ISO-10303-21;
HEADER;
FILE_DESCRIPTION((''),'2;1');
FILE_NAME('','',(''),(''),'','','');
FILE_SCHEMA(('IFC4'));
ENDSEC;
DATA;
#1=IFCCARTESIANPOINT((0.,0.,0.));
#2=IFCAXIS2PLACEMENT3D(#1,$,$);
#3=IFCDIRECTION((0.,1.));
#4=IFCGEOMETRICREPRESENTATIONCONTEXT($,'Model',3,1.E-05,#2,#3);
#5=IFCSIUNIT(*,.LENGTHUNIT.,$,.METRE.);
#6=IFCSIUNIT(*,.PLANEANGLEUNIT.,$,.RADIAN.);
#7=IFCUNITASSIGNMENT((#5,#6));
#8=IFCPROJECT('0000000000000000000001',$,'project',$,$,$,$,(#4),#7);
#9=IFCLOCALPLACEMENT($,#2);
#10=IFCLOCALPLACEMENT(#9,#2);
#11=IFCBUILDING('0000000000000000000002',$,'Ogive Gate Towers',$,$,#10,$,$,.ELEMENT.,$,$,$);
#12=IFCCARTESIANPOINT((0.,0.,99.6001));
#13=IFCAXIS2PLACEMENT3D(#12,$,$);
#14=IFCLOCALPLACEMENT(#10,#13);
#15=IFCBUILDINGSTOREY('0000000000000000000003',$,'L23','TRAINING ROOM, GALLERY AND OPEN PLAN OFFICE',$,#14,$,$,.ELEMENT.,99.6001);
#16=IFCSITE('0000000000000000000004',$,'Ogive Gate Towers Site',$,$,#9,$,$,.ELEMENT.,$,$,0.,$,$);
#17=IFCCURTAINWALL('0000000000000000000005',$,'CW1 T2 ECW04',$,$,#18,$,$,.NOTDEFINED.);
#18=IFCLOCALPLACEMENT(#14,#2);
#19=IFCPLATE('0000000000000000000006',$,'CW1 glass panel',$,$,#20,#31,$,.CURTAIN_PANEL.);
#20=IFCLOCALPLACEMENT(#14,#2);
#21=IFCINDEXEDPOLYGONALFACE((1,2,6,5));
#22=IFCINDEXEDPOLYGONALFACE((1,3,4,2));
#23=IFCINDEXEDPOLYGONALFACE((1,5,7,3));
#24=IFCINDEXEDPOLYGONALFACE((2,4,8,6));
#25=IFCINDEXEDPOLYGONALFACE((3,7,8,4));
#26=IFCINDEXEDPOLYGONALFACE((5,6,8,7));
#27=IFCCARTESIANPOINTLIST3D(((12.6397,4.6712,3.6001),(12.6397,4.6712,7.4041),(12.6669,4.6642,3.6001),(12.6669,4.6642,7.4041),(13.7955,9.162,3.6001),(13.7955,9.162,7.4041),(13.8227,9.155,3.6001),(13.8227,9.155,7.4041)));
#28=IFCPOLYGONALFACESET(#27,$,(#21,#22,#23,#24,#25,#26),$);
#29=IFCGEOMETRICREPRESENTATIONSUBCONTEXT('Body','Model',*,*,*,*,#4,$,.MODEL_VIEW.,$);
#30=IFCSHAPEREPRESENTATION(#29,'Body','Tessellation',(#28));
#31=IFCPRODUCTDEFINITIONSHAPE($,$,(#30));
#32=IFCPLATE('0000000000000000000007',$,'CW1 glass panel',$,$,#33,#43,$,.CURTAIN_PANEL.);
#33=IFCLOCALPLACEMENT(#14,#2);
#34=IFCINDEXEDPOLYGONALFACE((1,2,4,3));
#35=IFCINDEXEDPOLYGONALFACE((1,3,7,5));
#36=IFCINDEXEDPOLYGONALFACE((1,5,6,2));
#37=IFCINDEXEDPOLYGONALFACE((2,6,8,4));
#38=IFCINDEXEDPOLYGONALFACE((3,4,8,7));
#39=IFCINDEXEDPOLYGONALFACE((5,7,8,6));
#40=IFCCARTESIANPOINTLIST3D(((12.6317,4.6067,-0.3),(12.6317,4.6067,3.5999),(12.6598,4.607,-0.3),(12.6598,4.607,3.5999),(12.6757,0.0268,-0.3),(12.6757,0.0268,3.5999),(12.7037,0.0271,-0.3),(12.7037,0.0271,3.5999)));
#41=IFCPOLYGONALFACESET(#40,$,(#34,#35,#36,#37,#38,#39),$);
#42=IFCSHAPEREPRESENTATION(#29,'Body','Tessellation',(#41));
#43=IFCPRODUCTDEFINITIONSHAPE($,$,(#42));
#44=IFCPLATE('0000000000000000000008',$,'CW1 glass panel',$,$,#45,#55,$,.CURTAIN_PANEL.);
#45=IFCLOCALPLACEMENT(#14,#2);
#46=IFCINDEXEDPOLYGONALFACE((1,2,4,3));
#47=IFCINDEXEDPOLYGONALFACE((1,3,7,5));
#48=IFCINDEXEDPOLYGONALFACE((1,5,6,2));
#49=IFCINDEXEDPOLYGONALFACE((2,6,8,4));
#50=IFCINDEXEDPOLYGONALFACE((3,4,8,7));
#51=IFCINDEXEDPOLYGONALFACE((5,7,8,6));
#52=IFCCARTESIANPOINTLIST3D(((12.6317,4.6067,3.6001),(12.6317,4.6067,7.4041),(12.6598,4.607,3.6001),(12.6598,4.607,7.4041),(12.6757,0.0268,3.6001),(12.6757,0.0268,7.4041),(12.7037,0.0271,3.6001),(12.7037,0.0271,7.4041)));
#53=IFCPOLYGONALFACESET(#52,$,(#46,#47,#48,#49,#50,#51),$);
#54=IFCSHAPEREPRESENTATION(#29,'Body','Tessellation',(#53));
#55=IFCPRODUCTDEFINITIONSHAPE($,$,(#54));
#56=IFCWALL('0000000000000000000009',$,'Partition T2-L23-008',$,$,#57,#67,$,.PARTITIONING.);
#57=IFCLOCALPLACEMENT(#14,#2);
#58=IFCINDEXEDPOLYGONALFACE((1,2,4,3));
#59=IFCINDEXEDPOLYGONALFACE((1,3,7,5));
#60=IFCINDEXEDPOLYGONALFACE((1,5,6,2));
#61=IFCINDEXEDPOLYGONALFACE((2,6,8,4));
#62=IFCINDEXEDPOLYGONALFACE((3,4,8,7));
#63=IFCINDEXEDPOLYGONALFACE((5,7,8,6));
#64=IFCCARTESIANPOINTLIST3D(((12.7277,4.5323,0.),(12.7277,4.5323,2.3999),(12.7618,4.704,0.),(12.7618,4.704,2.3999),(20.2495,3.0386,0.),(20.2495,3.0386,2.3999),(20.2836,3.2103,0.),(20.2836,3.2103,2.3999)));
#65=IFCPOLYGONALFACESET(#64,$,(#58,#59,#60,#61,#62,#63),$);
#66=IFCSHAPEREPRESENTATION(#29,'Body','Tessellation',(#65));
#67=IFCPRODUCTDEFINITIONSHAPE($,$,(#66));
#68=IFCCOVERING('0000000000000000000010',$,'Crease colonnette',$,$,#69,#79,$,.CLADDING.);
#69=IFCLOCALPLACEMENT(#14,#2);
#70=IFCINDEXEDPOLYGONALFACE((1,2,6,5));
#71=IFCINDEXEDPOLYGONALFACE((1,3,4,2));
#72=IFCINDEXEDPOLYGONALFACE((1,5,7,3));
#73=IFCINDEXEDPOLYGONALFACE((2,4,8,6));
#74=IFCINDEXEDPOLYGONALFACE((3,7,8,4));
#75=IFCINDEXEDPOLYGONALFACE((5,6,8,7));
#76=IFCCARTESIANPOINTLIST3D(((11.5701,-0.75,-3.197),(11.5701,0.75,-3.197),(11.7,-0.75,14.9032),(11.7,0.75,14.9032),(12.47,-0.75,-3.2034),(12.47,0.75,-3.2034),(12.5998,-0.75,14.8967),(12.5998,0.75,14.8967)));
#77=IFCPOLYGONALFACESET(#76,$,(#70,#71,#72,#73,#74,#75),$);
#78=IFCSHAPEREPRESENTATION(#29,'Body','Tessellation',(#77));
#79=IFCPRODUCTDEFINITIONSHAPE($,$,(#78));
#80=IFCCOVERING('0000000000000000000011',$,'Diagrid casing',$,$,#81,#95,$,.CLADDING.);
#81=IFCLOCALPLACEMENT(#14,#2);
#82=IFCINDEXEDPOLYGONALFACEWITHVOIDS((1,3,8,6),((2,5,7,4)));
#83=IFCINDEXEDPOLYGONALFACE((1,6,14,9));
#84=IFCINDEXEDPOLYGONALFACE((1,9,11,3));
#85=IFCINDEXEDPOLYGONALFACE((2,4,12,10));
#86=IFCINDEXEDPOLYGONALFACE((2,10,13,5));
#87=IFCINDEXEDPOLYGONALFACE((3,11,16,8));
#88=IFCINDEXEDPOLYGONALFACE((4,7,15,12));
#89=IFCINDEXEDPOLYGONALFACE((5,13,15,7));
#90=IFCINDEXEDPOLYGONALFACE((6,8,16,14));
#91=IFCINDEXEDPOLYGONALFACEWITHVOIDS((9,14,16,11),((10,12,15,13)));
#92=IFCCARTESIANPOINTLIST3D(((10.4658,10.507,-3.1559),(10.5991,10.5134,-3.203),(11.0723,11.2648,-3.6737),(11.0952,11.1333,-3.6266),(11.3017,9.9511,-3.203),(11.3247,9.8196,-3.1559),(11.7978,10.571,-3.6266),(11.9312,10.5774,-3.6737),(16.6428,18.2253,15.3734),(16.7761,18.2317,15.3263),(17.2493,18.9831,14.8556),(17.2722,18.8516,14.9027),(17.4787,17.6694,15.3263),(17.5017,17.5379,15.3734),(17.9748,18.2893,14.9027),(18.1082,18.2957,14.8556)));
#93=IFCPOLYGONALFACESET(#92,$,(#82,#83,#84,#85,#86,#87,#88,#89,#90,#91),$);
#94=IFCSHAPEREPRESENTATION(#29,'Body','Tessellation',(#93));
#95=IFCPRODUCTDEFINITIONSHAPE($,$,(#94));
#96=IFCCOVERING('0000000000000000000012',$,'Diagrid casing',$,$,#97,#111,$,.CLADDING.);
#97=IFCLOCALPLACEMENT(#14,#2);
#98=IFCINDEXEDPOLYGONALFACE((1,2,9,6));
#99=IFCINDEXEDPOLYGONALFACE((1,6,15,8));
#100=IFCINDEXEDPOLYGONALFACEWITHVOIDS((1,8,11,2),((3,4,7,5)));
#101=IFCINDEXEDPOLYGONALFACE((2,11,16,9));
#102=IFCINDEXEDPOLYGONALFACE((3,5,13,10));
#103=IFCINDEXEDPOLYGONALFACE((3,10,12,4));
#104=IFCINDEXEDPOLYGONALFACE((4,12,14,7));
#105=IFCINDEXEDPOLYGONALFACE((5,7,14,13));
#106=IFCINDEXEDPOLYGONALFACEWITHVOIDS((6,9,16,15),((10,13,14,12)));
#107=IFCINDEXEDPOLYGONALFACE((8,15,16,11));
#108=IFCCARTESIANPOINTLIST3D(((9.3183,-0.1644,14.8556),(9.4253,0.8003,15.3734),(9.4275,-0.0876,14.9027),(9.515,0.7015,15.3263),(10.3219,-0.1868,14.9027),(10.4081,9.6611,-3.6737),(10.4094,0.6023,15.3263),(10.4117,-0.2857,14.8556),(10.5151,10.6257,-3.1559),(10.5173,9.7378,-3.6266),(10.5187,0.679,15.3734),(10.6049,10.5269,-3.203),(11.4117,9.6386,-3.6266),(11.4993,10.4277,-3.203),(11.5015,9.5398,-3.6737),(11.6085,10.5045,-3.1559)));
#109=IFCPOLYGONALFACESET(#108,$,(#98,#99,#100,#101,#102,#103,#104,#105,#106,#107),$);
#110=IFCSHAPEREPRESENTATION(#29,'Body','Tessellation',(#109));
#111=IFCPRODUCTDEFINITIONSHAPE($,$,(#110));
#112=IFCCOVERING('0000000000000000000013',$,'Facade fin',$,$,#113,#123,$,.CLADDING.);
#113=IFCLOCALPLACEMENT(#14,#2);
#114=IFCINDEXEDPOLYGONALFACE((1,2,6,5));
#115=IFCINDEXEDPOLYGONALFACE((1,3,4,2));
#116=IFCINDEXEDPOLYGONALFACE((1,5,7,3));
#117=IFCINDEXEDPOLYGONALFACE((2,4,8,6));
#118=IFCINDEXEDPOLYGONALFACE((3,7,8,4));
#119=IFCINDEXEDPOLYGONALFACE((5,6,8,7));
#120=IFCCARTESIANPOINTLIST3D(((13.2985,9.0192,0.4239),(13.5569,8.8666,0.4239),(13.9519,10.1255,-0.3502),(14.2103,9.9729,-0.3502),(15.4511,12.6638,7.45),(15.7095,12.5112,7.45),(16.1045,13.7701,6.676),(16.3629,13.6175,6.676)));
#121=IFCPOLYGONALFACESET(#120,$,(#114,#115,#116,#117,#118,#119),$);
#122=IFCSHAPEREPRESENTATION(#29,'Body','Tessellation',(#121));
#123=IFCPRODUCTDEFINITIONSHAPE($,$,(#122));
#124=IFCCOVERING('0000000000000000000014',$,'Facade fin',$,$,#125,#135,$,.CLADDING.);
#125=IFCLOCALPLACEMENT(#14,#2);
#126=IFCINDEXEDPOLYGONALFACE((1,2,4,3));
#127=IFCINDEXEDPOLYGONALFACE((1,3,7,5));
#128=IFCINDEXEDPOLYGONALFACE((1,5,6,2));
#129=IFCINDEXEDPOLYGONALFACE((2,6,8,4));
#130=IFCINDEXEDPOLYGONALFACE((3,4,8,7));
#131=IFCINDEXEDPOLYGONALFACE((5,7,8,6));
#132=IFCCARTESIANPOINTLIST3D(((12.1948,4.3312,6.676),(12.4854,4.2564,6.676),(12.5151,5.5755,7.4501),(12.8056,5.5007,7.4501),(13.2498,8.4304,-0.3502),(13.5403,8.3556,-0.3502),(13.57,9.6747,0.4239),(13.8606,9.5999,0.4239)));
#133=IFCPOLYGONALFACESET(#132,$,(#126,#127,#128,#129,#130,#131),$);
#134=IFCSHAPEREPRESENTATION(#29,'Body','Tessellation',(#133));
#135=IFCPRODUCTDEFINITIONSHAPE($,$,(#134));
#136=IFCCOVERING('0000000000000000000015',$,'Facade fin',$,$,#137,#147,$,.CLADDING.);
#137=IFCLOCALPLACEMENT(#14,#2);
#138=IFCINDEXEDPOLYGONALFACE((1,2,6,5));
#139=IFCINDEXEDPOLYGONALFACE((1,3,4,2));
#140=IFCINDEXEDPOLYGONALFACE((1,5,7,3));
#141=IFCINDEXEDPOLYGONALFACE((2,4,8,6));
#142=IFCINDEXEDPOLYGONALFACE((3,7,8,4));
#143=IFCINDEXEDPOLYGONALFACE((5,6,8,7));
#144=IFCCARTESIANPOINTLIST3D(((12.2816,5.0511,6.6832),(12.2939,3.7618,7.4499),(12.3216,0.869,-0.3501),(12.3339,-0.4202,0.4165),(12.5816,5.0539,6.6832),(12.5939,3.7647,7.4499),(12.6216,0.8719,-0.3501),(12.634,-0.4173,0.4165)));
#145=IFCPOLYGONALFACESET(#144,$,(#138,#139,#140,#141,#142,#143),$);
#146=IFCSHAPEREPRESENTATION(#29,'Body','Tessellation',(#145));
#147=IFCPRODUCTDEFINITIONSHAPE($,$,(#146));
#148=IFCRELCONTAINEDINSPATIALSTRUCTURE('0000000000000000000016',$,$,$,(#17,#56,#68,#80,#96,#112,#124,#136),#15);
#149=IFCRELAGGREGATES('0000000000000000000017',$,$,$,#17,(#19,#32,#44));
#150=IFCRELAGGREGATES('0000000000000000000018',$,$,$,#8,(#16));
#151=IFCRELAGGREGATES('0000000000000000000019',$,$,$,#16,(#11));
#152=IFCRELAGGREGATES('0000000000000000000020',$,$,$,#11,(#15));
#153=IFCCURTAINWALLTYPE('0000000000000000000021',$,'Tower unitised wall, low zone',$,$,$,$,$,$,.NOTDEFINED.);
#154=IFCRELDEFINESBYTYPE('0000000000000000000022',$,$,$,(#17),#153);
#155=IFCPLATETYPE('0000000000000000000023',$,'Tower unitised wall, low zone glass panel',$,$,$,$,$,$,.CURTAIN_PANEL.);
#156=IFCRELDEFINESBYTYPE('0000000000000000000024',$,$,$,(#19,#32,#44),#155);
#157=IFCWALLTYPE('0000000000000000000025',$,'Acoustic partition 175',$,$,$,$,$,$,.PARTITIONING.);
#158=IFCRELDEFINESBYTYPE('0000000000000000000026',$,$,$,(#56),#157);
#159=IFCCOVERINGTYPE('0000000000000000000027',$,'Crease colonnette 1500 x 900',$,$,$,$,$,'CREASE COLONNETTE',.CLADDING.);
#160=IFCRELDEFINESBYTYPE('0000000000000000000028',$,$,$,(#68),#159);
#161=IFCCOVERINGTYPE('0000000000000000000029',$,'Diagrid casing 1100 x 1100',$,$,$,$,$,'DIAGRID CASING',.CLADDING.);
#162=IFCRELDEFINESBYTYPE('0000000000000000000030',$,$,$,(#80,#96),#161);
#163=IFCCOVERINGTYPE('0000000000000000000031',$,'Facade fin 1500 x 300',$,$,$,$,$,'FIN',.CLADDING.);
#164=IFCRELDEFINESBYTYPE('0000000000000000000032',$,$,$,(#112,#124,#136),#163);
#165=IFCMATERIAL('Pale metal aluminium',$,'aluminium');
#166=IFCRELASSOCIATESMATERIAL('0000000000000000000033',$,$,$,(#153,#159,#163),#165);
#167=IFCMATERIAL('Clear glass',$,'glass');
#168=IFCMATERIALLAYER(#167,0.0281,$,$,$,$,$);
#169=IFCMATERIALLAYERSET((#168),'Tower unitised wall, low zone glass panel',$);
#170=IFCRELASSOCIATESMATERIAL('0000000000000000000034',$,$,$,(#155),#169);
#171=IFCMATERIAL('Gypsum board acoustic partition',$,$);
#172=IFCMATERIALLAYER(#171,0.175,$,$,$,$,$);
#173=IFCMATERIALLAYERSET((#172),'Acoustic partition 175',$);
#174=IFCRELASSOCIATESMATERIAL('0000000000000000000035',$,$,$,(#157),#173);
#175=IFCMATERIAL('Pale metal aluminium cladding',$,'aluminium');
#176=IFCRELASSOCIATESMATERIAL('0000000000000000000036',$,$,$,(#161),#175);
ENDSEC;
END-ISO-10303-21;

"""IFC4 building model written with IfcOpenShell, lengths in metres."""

from ifc_helpers import new_model, si_unit, direction, frame, frame_2d, origin, origin_2d, place, context, subcontext, project, spatial, rectangle, hollow_rectangle, extrude, material, layer, layer_set, material_profile, profile_set, type_object, element, aggregate, save


model = new_model("IFC4")

# Units and contexts
model_context = context("Model", 3, precision=1e-05, world=origin(), true_north=direction((0.0, 1.0)))
body_context = subcontext(model_context, "Body", "Model", "MODEL_VIEW")
ifc_project = project(units=[si_unit("LENGTHUNIT", "METRE"), si_unit("PLANEANGLEUNIT", "RADIAN")], contexts=[model_context])

# Site, building, storey
site_placement = place(None, origin())
site = spatial("IfcSite", under=ifc_project, at=site_placement, Name="Ogive Gate Towers Site", CompositionType="ELEMENT", RefElevation=0.0)
building_placement = place(site_placement, origin())
building = spatial("IfcBuilding", under=site, at=building_placement, Name="Ogive Gate Towers", CompositionType="ELEMENT")
storey_placement = place(building_placement, frame((0.0, 0.0, 99.6001)))
storey = spatial("IfcBuildingStorey", under=building, at=storey_placement, Name="L23", Description="TRAINING ROOM, GALLERY AND OPEN PLAN OFFICE", CompositionType="ELEMENT", Elevation=99.6001)

# Curtain wall
ifc_material_1 = material(Name="Pale metal aluminium", Category="aluminium")
curtain_wall_type = type_object("IfcCurtainWallType", Name="Tower unitised wall, low zone", PredefinedType="NOTDEFINED", material=ifc_material_1)
curtain_wall_placement = place(storey_placement, origin())
curtain_wall = element("IfcCurtainWall", 1, at=curtain_wall_placement, inside=storey, type_object=curtain_wall_type, Name="CW1 T2 ECW04", PredefinedType="NOTDEFINED")

# Plates
ifc_material_2 = material(Name="Clear glass", Category="glass")
ifc_layer_1 = layer(ifc_material_2, 0.0281)
ifc_layer_set_1 = layer_set([ifc_layer_1], Name="Tower unitised wall, low zone glass panel")
plate_type = type_object("IfcPlateType", Name="Tower unitised wall, low zone glass panel", PredefinedType="CURTAIN_PANEL", material=ifc_layer_set_1)
plate_1_placement = place(storey_placement, frame((13.2312, 6.9131, 3.6001), z_axis=(0.0, 0.0, 1.0), x_axis=(-0.249248, -0.96844, 0.0)))
plate_1 = element("IfcPlate", 2, at=plate_1_placement, type_object=plate_type, Name="CW1 glass panel", PredefinedType="CURTAIN_PANEL", context=body_context, shape_type="SweptSolid", body=[
    extrude(rectangle(XDim=4.6372, YDim=0.0281, at=origin_2d()), origin(), (0.0, 0.0, 1.0), 3.804),
])
plate_2_placement = place(storey_placement, frame((12.6677, 2.3169, -0.3), z_axis=(0.0, 0.0, 1.0), x_axis=(0.009599, -0.999954, 0.0)))
plate_2 = element("IfcPlate", 3, at=plate_2_placement, type_object=plate_type, Name="CW1 glass panel", PredefinedType="CURTAIN_PANEL", context=body_context, shape_type="SweptSolid", body=[
    extrude(rectangle(XDim=4.5801, YDim=0.0281, at=origin_2d()), origin(), (0.0, 0.0, 1.0), 3.8999),
])
plate_3_placement = place(storey_placement, frame((12.6677, 2.3169, 3.6001), z_axis=(0.0, 0.0, 1.0), x_axis=(0.009599, -0.999954, 0.0)))
plate_3 = element("IfcPlate", 4, at=plate_3_placement, type_object=plate_type, Name="CW1 glass panel", PredefinedType="CURTAIN_PANEL", context=body_context, shape_type="SweptSolid", body=[
    extrude(rectangle(XDim=4.5801, YDim=0.0281, at=origin_2d()), origin(), (0.0, 0.0, 1.0), 3.804),
])
aggregate(curtain_wall, [plate_1, plate_2, plate_3])

# Wall
ifc_material_3 = material(Name="Gypsum board acoustic partition")
ifc_layer_2 = layer(ifc_material_3, 0.175)
ifc_layer_set_2 = layer_set([ifc_layer_2], Name="Acoustic partition 175")
wall_type = type_object("IfcWallType", Name="Acoustic partition 175", PredefinedType="PARTITIONING", material=ifc_layer_set_2)
wall_placement = place(storey_placement, frame((12.7446, 4.6182, 0.0), z_axis=(0.0, 0.0, 1.0), x_axis=(0.980848, -0.194775, 0.0)))
element("IfcWall", 5, at=wall_placement, inside=storey, type_object=wall_type, Name="Partition T2-L23-008", PredefinedType="PARTITIONING", context=body_context, shape_type="SweptSolid", body=[
    extrude(rectangle(XDim=7.6687, YDim=0.175, at=frame_2d((3.8345, 0.0))), origin(), (0.0, 0.0, 1.0), 2.3999),
])

# Coverings
ifc_material_profile_1 = material_profile(ifc_material_1, rectangle(XDim=1.5, YDim=0.8999, at=origin_2d()), Name="1500 x 900 pale metal aluminium")
ifc_profile_set_1 = profile_set([ifc_material_profile_1], Name="Pale metal aluminium")
covering_type_1 = type_object("IfcCoveringType", Name="Crease colonnette 1500 x 900", ElementType="CREASE COLONNETTE", PredefinedType="CLADDING", material=ifc_profile_set_1)
covering_1_placement = place(storey_placement, frame((12.02, 0.0, -3.2002), z_axis=(0.007176, 0.0, 0.999974), x_axis=(0.0, 1.0, 0.0)))
element("IfcCovering", 6, at=covering_1_placement, inside=storey, type_object=covering_type_1, Name="Crease colonnette", PredefinedType="CLADDING", context=body_context, shape_type="SweptSolid", body=[
    extrude(rectangle(XDim=1.5, YDim=0.8999, at=origin_2d()), origin(), (0.0, 0.0, 1.0), 18.1006),
])
ifc_material_4 = material(Name="Pale metal aluminium cladding", Category="aluminium")
ifc_material_profile_2 = material_profile(ifc_material_4, hollow_rectangle(XDim=1.1001, YDim=1.1001, WallThickness=0.1001, at=origin_2d()), Name="1100 x 1100 pale metal casing")
ifc_profile_set_2 = profile_set([ifc_material_profile_2], Name="Pale metal aluminium cladding")
covering_type_2 = type_object("IfcCoveringType", Name="Diagrid casing 1100 x 1100", ElementType="DIAGRID CASING", PredefinedType="CLADDING", material=ifc_profile_set_2)
for number, where, z_axis, x_axis, name in (
    (7, (11.1985, 10.5422, -3.4148), (0.294122, 0.367511, 0.882286), (-0.780751, 0.624843, 0.0), "Diagrid casing"),
    (8, (11.0083, 10.0828, -3.4148), (-0.051894, -0.467845, 0.882286), (0.993904, -0.110244, 0.0), "Diagrid casing"),
):
    element("IfcCovering", number, at=place(storey_placement, frame(where, z_axis=z_axis, x_axis=x_axis)), inside=storey, type_object=covering_type_2, Name=name, PredefinedType="CLADDING", context=body_context, shape_type="SweptSolid", body=[
        extrude(hollow_rectangle(XDim=1.1001, YDim=1.1001, WallThickness=0.1001, at=origin_2d()), origin(), (0.0, 0.0, 1.0), 21.0015),
    ])
ifc_material_profile_3 = material_profile(ifc_material_1, rectangle(XDim=0.3, YDim=1.5, at=origin_2d()), Name="1500 x 300 pale metal aluminium")
ifc_profile_set_3 = profile_set([ifc_material_profile_3], Name="Pale metal aluminium")
covering_type_3 = type_object("IfcCoveringType", Name="Facade fin 1500 x 300", ElementType="FIN", PredefinedType="CLADDING", material=ifc_profile_set_3)
for number, where, z_axis, x_axis, name in (
    (9, (13.7544, 9.4961, 0.0369), (0.262428, 0.444314, 0.856573), (-0.86103, 0.508554, 0.0), "Facade fin"),
    (10, (13.5552, 9.0151, 0.0369), (-0.12861, -0.499736, 0.856576), (0.968443, -0.249234, 0.0), "Facade fin"),
):
    element("IfcCovering", number, at=place(storey_placement, frame(where, z_axis=z_axis, x_axis=x_axis)), inside=storey, type_object=covering_type_3, Name=name, PredefinedType="CLADDING", context=body_context, shape_type="SweptSolid", body=[
        extrude(rectangle(XDim=0.3, YDim=1.5, at=origin_2d()), origin(), (0.0, 0.0, 1.0), 8.2026),
    ])
covering_2_placement = place(storey_placement, frame((12.4778, 0.2258, 0.0332), z_axis=(-0.004893, 0.511076, 0.859521), x_axis=(-0.999954, -0.009573, 0.0)))
element("IfcCovering", 11, at=covering_2_placement, inside=storey, type_object=covering_type_3, Name="Facade fin", PredefinedType="CLADDING", context=body_context, shape_type="SweptSolid", body=[
    extrude(rectangle(XDim=0.3, YDim=1.5, at=origin_2d()), origin(), (0.0, 0.0, 1.0), 8.1829),
])

save(model, "model.ifc")
